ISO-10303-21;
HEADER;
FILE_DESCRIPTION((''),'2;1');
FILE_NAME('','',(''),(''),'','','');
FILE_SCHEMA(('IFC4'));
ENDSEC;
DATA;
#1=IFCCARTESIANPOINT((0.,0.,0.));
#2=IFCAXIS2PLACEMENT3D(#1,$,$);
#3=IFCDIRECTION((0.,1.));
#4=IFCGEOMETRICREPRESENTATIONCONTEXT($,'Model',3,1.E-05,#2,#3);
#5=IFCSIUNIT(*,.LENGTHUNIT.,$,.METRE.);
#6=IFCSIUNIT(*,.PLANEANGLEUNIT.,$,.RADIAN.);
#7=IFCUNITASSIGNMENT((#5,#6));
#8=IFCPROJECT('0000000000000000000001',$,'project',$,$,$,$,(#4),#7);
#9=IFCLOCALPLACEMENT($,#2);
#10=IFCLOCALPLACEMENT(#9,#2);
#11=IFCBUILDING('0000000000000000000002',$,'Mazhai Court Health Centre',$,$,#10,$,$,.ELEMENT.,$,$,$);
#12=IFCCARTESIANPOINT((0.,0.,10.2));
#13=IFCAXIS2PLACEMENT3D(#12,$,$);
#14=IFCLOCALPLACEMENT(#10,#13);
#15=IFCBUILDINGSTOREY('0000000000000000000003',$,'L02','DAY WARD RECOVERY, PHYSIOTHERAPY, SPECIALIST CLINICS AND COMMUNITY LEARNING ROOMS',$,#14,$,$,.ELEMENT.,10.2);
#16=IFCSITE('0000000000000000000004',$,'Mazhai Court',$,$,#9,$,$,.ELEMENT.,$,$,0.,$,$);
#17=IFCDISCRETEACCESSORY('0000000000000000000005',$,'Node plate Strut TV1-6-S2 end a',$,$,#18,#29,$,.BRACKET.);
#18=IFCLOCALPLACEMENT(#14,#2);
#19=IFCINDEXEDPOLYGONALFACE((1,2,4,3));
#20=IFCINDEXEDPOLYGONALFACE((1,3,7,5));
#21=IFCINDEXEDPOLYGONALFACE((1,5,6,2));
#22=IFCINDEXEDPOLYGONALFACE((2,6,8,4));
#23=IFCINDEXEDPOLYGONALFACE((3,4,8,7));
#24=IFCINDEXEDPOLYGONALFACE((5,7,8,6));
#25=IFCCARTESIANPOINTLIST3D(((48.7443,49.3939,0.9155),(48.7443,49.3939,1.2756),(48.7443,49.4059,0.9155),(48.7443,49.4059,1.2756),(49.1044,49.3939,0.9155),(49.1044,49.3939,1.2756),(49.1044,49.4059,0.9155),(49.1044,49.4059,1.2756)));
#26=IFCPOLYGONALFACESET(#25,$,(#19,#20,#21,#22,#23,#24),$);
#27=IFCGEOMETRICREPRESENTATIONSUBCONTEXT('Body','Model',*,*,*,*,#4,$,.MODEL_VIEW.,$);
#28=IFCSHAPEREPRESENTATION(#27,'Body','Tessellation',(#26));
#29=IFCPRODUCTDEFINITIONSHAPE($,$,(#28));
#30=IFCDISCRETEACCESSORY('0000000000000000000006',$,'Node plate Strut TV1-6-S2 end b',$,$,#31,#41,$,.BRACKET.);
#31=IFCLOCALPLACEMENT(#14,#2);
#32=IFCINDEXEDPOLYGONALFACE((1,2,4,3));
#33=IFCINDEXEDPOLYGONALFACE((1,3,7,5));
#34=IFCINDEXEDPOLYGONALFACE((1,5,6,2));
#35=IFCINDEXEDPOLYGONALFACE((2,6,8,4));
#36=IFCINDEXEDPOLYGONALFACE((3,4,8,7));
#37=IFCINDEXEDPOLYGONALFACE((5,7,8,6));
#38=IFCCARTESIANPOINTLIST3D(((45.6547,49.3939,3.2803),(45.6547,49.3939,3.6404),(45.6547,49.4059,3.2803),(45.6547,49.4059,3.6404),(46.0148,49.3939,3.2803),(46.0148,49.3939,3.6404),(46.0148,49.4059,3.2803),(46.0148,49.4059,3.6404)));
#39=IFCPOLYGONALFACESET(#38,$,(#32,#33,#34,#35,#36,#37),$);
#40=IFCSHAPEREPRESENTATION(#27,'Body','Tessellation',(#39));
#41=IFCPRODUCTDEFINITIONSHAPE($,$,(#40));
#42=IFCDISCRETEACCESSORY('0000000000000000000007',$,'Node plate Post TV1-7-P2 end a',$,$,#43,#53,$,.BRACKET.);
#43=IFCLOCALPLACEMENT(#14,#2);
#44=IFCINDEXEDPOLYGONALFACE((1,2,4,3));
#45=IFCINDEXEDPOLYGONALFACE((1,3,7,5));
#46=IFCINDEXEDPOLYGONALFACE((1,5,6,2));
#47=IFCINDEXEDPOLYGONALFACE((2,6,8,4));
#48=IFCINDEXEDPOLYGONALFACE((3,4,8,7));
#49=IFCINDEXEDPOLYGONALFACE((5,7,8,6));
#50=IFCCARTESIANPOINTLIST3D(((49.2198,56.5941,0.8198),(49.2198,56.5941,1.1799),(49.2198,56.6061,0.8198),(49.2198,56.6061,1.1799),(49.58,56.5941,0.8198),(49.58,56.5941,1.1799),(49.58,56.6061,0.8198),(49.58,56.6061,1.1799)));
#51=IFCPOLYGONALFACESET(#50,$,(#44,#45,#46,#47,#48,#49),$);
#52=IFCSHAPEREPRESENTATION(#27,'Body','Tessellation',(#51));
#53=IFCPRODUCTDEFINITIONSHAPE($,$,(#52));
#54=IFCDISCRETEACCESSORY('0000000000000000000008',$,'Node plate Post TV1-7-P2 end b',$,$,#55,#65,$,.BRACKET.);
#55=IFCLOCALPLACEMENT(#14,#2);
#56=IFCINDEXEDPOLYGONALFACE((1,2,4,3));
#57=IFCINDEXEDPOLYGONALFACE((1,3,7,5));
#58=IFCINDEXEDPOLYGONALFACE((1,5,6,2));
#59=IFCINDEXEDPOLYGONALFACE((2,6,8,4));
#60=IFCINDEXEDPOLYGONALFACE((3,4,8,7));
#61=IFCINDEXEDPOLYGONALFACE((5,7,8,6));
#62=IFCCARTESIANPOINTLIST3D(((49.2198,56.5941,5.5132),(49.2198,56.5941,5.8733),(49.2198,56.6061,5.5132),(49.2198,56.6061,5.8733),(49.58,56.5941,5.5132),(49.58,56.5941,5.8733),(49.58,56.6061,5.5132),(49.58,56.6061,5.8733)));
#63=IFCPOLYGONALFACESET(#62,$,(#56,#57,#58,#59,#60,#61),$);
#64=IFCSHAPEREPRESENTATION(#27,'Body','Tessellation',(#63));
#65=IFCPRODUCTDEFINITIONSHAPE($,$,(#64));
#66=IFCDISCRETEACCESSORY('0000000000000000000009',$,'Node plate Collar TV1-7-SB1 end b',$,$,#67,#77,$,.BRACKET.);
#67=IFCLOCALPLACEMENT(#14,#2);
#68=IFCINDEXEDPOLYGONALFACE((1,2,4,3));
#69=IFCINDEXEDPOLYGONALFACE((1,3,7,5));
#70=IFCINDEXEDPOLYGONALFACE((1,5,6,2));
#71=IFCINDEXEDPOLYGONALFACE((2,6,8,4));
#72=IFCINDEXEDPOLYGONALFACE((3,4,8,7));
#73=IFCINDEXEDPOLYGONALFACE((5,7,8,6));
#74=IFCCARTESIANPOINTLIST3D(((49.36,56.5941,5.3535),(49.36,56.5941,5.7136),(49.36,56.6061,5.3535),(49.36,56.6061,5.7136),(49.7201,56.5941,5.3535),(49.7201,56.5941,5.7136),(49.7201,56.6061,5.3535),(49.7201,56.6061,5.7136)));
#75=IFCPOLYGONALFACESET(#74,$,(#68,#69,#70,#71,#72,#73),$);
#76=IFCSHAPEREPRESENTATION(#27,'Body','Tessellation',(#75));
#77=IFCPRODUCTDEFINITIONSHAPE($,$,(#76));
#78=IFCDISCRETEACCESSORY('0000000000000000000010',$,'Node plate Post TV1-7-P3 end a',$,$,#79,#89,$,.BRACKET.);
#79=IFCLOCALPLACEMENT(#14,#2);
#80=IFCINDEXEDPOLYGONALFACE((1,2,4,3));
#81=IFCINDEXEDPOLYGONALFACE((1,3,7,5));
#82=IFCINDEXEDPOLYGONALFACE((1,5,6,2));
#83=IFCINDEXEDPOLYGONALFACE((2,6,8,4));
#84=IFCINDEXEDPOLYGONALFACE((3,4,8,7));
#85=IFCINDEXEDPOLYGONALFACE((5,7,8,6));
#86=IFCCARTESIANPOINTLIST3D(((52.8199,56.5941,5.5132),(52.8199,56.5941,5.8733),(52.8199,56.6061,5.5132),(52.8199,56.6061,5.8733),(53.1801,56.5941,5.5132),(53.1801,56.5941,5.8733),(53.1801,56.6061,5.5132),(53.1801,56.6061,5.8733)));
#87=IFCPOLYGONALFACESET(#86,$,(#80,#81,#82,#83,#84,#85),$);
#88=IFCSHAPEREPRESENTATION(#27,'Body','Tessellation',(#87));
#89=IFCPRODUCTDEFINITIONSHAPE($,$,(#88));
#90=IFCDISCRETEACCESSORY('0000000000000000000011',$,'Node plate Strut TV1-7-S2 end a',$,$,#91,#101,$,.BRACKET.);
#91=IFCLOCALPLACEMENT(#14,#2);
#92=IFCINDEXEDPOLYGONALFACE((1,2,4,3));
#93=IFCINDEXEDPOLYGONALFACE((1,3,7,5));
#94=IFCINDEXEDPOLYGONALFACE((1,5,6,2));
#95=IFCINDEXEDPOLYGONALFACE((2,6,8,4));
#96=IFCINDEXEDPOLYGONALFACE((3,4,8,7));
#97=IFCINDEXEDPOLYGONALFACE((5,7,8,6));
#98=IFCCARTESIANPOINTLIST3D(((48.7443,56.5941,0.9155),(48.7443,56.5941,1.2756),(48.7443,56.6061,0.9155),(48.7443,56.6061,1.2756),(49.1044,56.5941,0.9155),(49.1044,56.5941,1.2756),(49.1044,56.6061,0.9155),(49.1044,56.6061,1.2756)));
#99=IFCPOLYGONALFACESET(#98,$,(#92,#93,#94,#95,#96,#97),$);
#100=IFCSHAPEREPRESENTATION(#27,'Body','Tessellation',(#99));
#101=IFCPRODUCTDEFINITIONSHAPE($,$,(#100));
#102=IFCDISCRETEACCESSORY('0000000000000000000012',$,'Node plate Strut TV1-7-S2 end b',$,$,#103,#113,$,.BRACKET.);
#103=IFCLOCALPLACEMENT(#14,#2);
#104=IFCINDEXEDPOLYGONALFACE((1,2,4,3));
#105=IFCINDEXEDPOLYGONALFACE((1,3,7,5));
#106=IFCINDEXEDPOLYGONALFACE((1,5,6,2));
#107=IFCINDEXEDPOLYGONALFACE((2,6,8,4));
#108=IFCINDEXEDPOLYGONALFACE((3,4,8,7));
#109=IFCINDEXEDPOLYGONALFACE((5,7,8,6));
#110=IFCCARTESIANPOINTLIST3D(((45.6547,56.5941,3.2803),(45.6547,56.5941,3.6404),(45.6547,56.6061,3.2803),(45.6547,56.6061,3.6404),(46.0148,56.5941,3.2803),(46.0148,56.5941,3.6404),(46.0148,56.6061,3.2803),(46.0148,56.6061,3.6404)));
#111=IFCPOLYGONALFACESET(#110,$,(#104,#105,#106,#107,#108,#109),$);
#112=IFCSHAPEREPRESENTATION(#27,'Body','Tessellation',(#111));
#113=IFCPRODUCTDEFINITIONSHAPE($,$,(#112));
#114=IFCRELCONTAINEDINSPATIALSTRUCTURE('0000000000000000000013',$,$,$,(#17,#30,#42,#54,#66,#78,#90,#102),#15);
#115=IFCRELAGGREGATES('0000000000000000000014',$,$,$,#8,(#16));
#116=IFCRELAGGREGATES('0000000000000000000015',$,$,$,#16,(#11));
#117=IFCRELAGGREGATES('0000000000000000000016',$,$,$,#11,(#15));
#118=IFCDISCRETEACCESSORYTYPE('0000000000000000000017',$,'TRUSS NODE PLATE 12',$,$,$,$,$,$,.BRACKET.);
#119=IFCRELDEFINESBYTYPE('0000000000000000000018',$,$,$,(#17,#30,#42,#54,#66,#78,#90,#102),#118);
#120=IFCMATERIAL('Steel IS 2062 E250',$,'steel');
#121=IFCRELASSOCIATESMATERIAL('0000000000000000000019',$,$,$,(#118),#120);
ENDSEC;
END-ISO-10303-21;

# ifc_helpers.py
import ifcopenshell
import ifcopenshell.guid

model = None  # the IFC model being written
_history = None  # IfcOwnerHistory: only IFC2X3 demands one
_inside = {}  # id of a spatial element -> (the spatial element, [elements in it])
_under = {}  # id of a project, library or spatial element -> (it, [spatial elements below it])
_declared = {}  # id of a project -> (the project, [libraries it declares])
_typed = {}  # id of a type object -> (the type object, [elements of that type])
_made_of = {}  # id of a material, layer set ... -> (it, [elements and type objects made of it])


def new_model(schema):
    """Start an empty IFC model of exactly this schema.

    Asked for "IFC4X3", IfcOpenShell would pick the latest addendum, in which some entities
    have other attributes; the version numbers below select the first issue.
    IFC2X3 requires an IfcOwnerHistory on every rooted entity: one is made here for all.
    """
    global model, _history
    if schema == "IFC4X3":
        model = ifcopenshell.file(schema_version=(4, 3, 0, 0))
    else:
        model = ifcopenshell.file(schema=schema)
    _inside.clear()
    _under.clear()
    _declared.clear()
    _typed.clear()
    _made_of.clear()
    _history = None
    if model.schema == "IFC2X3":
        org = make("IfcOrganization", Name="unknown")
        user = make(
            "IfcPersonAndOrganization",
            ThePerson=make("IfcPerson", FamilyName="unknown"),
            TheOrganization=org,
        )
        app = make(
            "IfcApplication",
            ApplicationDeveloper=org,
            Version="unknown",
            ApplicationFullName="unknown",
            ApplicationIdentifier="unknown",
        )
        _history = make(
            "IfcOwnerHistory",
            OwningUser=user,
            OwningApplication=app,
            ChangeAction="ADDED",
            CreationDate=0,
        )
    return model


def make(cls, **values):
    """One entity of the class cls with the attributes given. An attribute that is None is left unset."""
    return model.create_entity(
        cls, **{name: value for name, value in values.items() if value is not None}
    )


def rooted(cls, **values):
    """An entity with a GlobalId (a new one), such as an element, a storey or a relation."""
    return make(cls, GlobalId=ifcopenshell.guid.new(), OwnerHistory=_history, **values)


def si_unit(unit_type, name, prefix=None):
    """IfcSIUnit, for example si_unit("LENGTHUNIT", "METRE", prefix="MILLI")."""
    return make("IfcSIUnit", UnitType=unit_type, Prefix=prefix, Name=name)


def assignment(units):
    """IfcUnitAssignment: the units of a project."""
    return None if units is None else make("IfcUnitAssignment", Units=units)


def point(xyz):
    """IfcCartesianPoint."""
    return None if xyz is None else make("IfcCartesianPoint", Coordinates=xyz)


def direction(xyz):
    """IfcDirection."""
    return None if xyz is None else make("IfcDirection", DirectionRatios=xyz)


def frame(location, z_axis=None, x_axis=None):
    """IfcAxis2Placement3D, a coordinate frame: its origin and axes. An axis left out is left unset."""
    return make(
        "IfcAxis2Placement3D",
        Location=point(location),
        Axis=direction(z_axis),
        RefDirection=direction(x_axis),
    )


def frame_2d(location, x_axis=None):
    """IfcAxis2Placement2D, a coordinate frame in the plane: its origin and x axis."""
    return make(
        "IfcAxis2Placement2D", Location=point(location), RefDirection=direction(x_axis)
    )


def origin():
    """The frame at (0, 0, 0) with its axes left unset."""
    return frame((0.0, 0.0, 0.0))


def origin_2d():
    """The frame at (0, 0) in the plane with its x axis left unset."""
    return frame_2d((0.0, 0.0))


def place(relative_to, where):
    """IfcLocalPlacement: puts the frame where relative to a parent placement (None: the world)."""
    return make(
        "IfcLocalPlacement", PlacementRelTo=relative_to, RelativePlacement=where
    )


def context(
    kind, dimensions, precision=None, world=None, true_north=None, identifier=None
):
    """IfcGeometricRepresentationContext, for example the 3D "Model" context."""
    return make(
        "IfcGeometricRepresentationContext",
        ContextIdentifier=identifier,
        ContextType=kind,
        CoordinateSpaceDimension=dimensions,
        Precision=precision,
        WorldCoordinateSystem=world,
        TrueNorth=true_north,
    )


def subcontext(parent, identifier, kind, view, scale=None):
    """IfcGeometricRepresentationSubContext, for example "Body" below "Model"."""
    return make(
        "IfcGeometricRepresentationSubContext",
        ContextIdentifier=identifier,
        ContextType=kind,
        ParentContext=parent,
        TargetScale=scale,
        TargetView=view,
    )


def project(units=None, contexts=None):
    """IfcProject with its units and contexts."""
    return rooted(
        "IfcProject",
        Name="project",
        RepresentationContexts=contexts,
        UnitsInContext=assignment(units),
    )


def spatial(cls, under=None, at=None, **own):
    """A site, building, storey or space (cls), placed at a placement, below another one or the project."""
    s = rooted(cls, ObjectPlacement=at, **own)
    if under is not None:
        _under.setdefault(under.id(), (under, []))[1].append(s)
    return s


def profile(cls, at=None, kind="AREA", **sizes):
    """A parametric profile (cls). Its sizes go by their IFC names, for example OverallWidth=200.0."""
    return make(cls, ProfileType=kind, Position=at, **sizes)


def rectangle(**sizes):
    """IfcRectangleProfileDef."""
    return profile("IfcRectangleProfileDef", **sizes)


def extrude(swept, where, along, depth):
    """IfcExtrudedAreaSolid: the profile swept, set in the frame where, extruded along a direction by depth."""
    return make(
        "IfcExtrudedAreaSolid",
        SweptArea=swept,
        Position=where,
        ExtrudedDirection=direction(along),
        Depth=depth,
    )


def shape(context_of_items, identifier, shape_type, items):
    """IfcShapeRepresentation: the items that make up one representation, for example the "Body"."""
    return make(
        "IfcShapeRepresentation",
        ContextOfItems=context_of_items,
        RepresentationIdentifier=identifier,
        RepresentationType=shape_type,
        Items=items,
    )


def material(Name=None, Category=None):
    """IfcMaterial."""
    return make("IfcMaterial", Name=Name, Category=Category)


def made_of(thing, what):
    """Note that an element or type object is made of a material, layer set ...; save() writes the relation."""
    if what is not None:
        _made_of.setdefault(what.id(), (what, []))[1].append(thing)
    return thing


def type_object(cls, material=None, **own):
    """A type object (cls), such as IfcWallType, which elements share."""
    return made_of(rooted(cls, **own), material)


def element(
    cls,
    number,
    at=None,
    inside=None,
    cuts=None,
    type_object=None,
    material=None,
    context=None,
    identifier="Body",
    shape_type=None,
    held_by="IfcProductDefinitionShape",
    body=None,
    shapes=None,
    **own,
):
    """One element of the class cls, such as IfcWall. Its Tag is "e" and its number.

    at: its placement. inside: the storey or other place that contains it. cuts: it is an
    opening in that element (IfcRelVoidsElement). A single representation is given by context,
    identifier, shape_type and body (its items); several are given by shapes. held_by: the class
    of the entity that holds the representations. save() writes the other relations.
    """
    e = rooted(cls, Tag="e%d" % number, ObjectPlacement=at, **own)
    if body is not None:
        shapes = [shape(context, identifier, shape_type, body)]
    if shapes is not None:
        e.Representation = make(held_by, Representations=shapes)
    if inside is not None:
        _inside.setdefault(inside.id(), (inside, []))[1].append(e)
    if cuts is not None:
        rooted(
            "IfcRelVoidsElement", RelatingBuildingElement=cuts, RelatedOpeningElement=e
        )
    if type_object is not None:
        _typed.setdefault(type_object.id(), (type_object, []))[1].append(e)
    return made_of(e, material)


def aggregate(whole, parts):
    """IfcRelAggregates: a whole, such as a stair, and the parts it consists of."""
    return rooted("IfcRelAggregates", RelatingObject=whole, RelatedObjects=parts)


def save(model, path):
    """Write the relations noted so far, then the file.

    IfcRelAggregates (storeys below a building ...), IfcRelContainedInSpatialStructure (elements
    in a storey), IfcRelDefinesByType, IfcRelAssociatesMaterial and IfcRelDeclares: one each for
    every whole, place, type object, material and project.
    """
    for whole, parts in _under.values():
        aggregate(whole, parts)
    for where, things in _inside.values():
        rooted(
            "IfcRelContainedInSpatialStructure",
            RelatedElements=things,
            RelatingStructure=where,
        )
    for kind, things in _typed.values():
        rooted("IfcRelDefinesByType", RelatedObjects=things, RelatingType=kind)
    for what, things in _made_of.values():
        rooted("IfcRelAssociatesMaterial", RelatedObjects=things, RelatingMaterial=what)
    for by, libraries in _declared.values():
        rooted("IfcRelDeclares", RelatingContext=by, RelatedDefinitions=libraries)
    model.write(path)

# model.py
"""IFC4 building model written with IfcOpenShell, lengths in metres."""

from ifc_helpers import new_model, si_unit, direction, frame, origin, origin_2d, place, context, subcontext, project, spatial, rectangle, extrude, material, type_object, element, save


model = new_model("IFC4")

# Units and contexts
model_context = context("Model", 3, precision=1e-05, world=origin(), true_north=direction((0.0, 1.0)))
body_context = subcontext(model_context, "Body", "Model", "MODEL_VIEW")
ifc_project = project(units=[si_unit("LENGTHUNIT", "METRE"), si_unit("PLANEANGLEUNIT", "RADIAN")], contexts=[model_context])

# Site, building, storey
site_placement = place(None, origin())
site = spatial("IfcSite", under=ifc_project, at=site_placement, Name="Mazhai Court", CompositionType="ELEMENT", RefElevation=0.0)
building_placement = place(site_placement, origin())
building = spatial("IfcBuilding", under=site, at=building_placement, Name="Mazhai Court Health Centre", CompositionType="ELEMENT")
storey_placement = place(building_placement, frame((0.0, 0.0, 10.2)))
storey = spatial("IfcBuildingStorey", under=building, at=storey_placement, Name="L02", Description="DAY WARD RECOVERY, PHYSIOTHERAPY, SPECIALIST CLINICS AND COMMUNITY LEARNING ROOMS", CompositionType="ELEMENT", Elevation=10.2)

# Discrete accessories
ifc_material_1 = material(Name="Steel IS 2062 E250", Category="steel")
discrete_accessory_type = type_object("IfcDiscreteAccessoryType", Name="TRUSS NODE PLATE 12", PredefinedType="BRACKET", material=ifc_material_1)
for number, where, z_axis, x_axis, name in (
    (1, (48.9243, 49.3999, 0.9155), (0.0, 0.0, 1.0), (1.0, 0.0, 0.0), "Node plate Strut TV1-6-S2 end a"),
    (2, (45.8347, 49.3999, 3.2803), (0.0, 0.0, 1.0), (1.0, 0.0, 0.0), "Node plate Strut TV1-6-S2 end b"),
    (3, (49.3999, 56.6001, 0.8198), (0.0, 0.0, 1.0), (1.0, 0.0, 0.0), "Node plate Post TV1-7-P2 end a"),
    (4, (49.3999, 56.6001, 5.5132), (0.0, 0.0, 1.0), (1.0, 0.0, 0.0), "Node plate Post TV1-7-P2 end b"),
    (5, (49.54, 56.6001, 5.3535), (0.0, 0.0, 1.0), (1.0, 0.0, 0.0), "Node plate Collar TV1-7-SB1 end b"),
    (6, (53.0, 56.6001, 5.5132), (0.0, 0.0, 1.0), (1.0, 0.0, 0.0), "Node plate Post TV1-7-P3 end a"),
    (7, (48.9243, 56.6001, 0.9155), (0.0, 0.0, 1.0), (1.0, 0.0, 0.0), "Node plate Strut TV1-7-S2 end a"),
    (8, (45.8347, 56.6001, 3.2803), (0.0, 0.0, 1.0), (1.0, 0.0, 0.0), "Node plate Strut TV1-7-S2 end b"),
):
    element("IfcDiscreteAccessory", number, at=place(storey_placement, frame(where, z_axis=z_axis, x_axis=x_axis)), inside=storey, type_object=discrete_accessory_type, Name=name, PredefinedType="BRACKET", context=body_context, shape_type="SweptSolid", body=[
        extrude(rectangle(XDim=0.3601, YDim=0.012, at=origin_2d()), origin(), (0.0, 0.0, 1.0), 0.3601),
    ])

save(model, "model.ifc")
